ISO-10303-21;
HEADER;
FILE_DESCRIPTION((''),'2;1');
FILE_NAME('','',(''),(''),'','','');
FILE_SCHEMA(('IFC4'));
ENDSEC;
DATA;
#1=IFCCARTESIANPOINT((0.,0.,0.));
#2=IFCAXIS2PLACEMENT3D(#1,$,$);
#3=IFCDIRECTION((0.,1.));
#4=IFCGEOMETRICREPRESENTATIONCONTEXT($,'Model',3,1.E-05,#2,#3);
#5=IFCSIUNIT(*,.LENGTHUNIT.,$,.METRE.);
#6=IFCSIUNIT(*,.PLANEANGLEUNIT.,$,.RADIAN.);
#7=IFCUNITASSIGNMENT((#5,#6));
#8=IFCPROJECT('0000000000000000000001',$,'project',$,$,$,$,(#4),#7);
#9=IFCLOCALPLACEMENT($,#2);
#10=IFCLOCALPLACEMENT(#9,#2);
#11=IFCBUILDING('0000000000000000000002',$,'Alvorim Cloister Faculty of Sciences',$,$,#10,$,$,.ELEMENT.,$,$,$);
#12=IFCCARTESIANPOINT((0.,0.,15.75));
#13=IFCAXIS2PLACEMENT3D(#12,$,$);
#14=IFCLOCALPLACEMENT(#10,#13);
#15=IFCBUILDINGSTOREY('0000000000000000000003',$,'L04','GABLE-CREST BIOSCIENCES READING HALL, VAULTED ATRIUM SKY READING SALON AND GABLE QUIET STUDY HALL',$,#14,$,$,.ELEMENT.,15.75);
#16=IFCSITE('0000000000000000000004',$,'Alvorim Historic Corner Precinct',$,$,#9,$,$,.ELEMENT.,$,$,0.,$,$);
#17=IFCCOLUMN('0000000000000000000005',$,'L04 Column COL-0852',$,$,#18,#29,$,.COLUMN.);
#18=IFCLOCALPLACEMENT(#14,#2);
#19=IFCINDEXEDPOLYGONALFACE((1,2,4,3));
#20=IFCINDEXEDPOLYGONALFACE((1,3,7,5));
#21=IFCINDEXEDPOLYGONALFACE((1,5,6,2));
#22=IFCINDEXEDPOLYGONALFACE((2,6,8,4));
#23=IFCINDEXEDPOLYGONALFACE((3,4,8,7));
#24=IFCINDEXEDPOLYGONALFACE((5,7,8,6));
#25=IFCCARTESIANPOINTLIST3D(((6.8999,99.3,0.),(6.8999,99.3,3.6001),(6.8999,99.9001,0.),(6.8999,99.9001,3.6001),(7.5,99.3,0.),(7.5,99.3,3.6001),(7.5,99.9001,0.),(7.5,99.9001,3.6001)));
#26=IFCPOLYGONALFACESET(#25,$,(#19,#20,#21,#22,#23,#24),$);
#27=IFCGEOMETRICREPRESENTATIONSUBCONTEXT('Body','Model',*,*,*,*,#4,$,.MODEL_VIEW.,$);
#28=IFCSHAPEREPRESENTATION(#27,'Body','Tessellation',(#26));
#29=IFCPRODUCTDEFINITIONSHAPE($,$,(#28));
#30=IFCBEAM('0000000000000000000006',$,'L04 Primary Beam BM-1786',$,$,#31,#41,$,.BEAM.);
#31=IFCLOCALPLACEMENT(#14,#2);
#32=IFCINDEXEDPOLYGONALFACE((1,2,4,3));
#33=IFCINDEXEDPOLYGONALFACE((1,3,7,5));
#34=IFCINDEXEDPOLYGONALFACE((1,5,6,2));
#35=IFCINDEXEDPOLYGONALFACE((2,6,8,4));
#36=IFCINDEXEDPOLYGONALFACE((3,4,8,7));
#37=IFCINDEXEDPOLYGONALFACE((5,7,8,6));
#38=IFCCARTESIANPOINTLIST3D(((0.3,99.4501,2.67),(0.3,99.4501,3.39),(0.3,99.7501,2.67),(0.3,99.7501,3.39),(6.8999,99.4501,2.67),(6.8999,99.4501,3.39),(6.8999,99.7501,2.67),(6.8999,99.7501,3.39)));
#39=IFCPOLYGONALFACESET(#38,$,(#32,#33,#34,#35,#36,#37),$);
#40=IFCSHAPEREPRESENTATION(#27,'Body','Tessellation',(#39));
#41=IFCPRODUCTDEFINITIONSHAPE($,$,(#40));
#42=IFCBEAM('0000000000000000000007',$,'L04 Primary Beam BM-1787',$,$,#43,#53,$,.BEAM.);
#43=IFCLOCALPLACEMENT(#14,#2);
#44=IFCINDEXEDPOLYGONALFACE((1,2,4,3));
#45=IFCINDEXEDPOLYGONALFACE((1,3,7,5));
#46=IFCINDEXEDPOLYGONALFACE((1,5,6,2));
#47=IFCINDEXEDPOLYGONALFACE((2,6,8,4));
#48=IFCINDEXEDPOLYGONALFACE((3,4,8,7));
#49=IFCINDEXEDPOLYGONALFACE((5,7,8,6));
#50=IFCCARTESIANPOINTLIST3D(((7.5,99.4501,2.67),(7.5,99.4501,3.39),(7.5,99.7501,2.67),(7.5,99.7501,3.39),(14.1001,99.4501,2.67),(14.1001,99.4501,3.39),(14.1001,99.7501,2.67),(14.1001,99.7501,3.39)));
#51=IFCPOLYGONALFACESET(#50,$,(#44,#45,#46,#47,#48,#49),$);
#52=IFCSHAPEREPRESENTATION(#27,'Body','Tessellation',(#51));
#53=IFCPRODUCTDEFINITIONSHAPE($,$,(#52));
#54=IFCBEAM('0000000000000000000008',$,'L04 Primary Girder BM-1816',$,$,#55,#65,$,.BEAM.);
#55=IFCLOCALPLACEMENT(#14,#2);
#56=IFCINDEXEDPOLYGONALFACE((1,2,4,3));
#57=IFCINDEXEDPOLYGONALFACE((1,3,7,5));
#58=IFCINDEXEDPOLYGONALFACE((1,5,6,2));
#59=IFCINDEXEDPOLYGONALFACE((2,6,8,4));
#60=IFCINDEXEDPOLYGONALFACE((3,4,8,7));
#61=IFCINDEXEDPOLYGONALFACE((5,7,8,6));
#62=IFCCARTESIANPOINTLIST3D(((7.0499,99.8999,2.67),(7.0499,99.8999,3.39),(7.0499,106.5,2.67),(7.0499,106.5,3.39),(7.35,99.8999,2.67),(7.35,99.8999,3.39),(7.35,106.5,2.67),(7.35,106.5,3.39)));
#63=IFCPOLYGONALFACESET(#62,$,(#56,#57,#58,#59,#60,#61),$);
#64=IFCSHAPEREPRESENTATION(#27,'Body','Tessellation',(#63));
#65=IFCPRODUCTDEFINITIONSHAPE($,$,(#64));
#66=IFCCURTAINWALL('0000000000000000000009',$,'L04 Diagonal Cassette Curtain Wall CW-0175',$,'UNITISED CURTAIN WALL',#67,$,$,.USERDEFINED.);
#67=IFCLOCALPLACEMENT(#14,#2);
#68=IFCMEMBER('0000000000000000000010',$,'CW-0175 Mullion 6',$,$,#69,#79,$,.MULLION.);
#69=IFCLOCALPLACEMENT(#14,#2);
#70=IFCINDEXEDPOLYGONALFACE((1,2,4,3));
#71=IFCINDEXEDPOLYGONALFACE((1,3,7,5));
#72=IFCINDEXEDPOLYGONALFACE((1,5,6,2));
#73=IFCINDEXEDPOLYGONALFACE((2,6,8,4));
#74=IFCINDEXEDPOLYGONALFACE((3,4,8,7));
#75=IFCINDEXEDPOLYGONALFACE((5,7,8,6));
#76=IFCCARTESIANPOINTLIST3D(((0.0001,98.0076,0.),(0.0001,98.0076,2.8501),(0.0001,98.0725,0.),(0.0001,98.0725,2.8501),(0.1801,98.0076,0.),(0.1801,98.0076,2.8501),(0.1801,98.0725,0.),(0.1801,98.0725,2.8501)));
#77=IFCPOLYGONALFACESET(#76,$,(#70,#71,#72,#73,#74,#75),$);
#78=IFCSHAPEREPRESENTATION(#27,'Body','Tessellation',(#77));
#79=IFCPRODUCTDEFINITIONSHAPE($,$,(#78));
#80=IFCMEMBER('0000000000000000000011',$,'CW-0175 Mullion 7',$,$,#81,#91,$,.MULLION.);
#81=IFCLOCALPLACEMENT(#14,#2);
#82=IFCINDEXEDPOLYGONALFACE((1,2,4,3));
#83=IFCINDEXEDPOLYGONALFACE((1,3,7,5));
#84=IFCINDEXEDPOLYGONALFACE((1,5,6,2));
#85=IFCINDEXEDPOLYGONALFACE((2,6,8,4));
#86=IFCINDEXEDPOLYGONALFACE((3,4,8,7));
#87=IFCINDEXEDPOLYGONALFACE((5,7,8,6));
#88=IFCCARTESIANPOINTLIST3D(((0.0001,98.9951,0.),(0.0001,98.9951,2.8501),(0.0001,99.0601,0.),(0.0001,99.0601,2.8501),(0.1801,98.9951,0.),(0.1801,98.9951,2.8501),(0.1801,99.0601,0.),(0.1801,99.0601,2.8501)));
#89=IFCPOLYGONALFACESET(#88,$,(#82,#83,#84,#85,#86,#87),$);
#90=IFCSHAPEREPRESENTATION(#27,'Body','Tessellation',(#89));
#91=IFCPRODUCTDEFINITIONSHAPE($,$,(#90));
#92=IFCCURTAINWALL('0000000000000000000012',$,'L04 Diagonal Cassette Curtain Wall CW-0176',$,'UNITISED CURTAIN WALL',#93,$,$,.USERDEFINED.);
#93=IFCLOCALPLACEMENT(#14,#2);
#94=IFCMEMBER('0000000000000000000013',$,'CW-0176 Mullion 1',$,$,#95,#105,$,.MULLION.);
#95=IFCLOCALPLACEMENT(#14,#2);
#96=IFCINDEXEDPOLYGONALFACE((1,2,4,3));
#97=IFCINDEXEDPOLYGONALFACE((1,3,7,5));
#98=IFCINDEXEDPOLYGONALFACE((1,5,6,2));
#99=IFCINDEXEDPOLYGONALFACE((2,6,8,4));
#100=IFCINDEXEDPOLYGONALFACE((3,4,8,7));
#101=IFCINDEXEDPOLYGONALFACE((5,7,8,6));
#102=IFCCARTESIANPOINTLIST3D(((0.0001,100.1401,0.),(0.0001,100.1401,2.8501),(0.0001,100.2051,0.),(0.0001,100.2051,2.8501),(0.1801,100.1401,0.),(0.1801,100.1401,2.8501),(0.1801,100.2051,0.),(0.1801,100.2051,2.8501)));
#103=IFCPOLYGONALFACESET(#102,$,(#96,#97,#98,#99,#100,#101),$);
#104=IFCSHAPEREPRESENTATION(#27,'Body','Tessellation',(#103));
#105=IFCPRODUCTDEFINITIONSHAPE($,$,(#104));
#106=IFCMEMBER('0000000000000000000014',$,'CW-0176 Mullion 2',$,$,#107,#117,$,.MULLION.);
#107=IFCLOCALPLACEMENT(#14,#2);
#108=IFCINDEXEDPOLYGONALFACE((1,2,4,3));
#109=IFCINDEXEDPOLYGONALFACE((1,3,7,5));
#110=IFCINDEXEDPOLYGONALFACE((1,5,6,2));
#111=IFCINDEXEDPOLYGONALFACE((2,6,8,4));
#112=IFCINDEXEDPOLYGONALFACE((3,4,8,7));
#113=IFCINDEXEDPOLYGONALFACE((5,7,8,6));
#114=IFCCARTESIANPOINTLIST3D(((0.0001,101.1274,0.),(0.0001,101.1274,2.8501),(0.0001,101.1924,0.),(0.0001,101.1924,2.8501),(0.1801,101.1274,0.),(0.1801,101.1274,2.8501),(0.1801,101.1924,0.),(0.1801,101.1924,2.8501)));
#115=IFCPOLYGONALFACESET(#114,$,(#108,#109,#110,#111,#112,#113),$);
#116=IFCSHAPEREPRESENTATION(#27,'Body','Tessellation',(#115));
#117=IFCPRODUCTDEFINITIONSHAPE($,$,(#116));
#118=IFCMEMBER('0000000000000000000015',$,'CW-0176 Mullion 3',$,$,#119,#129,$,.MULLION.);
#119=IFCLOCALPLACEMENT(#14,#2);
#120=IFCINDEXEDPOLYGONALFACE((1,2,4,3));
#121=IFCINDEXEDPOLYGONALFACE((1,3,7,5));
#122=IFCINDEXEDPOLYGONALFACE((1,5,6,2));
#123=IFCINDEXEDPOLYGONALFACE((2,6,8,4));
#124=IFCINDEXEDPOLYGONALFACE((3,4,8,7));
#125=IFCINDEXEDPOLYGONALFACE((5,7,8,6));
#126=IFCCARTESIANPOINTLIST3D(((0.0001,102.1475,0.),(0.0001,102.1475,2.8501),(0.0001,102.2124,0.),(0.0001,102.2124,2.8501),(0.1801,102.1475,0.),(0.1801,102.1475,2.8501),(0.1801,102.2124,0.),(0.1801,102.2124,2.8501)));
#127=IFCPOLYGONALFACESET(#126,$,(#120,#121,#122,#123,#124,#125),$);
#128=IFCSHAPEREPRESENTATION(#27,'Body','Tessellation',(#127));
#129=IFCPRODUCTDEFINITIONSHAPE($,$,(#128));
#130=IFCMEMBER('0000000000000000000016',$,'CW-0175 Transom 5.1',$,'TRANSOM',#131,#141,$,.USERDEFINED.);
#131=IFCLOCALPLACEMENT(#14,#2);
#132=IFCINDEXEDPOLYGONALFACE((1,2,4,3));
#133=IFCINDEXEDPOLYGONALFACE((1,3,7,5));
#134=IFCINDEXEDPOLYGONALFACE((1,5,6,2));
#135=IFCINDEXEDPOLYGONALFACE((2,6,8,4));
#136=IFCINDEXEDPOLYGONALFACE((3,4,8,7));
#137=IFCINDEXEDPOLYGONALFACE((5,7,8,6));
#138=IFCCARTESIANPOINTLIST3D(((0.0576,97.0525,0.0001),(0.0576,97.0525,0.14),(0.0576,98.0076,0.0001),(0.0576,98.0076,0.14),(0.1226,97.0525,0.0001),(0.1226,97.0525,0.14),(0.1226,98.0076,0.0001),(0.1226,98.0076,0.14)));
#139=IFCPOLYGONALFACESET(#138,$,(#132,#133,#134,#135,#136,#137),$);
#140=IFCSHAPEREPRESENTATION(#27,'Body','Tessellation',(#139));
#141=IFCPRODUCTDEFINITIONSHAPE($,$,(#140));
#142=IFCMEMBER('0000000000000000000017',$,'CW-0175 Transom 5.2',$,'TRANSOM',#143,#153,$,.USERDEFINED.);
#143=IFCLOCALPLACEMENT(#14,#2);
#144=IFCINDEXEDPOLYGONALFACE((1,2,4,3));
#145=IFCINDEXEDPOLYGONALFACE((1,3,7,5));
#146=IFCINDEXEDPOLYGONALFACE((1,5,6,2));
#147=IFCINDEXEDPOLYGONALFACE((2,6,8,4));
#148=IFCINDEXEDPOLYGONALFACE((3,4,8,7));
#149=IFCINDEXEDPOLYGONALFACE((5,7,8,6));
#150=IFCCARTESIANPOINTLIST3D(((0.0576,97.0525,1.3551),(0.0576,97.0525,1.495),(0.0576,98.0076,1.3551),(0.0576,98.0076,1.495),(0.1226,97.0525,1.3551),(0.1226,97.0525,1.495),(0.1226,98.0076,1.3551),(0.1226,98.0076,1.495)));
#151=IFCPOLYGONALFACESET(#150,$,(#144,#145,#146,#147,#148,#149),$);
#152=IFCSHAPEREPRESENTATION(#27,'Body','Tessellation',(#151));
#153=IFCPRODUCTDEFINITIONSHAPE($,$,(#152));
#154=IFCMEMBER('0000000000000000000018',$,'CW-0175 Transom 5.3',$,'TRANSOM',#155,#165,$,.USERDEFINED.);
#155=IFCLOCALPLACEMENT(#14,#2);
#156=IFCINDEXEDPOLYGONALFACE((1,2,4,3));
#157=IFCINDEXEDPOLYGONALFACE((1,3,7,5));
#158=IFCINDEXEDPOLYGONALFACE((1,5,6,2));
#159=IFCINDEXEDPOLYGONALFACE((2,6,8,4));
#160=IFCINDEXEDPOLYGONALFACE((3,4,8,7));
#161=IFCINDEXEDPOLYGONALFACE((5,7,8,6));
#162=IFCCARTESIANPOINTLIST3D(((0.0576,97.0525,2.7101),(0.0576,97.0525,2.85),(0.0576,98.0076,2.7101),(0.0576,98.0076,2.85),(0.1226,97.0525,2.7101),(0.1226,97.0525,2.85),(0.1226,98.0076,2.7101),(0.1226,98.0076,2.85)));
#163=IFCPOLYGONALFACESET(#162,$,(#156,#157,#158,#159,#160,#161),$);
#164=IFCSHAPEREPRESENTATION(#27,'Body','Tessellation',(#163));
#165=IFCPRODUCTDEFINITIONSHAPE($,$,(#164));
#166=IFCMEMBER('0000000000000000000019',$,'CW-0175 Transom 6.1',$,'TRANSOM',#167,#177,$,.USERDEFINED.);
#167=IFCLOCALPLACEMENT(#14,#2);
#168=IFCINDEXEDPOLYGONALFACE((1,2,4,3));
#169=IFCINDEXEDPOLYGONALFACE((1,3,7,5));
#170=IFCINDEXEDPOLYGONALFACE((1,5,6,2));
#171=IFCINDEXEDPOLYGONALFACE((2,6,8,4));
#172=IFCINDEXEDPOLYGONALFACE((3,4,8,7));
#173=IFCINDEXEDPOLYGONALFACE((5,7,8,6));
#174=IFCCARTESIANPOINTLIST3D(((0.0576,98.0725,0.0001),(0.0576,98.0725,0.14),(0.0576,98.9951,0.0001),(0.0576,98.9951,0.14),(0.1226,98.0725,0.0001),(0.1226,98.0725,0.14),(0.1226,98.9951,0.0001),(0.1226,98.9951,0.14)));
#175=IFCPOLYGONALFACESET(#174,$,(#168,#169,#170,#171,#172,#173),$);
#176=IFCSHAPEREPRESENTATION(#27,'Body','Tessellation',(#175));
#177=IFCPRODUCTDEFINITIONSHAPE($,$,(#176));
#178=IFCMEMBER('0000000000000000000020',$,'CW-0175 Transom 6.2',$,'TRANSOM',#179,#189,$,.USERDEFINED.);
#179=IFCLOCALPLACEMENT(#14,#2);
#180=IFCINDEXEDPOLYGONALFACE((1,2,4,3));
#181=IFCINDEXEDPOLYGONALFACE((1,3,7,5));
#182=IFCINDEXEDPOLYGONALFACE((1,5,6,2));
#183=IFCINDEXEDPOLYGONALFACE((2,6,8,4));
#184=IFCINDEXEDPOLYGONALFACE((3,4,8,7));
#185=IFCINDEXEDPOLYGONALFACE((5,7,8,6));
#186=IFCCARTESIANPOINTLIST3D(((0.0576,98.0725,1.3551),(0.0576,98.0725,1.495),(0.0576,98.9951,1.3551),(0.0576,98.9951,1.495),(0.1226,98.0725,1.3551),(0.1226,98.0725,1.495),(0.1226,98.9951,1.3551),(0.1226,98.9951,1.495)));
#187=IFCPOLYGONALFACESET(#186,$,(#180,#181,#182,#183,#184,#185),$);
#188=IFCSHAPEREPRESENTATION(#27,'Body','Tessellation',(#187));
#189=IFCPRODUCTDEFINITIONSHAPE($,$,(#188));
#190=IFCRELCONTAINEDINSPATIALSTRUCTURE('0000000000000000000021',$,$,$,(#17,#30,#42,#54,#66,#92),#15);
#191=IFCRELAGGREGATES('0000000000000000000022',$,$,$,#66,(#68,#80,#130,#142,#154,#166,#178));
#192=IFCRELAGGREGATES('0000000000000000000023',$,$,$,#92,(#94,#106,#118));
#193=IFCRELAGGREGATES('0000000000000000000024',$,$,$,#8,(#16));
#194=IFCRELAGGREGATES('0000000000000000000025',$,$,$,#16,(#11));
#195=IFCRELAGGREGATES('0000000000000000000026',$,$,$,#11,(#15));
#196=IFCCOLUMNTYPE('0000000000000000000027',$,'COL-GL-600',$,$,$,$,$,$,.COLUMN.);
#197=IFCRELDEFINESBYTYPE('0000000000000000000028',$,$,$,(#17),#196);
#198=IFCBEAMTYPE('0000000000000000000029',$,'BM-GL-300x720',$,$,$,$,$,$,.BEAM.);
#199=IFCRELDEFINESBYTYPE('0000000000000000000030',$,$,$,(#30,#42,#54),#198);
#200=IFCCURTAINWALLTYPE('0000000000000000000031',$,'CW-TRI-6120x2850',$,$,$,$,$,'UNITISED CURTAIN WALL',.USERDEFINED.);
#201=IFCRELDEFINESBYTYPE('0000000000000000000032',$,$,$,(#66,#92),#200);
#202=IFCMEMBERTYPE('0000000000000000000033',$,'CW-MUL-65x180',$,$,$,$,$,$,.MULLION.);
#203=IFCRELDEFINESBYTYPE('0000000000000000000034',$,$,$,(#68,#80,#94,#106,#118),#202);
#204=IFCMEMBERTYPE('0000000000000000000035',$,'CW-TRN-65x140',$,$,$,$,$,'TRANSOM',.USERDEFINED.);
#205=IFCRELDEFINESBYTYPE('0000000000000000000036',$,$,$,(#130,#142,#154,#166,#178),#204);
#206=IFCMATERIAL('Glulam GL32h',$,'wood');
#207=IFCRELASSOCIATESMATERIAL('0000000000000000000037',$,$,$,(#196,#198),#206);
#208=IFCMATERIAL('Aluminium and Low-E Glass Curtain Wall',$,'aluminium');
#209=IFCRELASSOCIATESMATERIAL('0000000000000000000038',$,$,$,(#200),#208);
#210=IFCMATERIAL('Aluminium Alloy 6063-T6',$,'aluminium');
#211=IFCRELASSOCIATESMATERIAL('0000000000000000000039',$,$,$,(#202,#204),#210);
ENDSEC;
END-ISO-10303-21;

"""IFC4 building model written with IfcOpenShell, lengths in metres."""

from ifc_helpers import new_model, si_unit, direction, frame, origin, origin_2d, place, context, subcontext, project, spatial, rectangle, extrude, material, material_profile, profile_set, type_object, element, aggregate, save


model = new_model("IFC4")

# Units and contexts
model_context = context("Model", 3, precision=1e-05, world=origin(), true_north=direction((0.0, 1.0)))
body_context = subcontext(model_context, "Body", "Model", "MODEL_VIEW")
ifc_project = project(units=[si_unit("LENGTHUNIT", "METRE"), si_unit("PLANEANGLEUNIT", "RADIAN")], contexts=[model_context])

# Site, building, storey
site_placement = place(None, origin())
site = spatial("IfcSite", under=ifc_project, at=site_placement, Name="Alvorim Historic Corner Precinct", CompositionType="ELEMENT", RefElevation=0.0)
building_placement = place(site_placement, origin())
building = spatial("IfcBuilding", under=site, at=building_placement, Name="Alvorim Cloister Faculty of Sciences", CompositionType="ELEMENT")
storey_placement = place(building_placement, frame((0.0, 0.0, 15.75)))
storey = spatial("IfcBuildingStorey", under=building, at=storey_placement, Name="L04", Description="GABLE-CREST BIOSCIENCES READING HALL, VAULTED ATRIUM SKY READING SALON AND GABLE QUIET STUDY HALL", CompositionType="ELEMENT", Elevation=15.75)

# Column
ifc_material_1 = material(Name="Glulam GL32h", Category="wood")
ifc_material_profile_1 = material_profile(ifc_material_1, rectangle(XDim=0.6001, YDim=0.6001, at=origin_2d()), Name="GL32-COL-600x600")
ifc_profile_set_1 = profile_set([ifc_material_profile_1], Name="Glulam GL32h")
column_type = type_object("IfcColumnType", Name="COL-GL-600", PredefinedType="COLUMN", material=ifc_profile_set_1)
column_placement = place(storey_placement, frame((7.2, 99.6001, 0.0), z_axis=(0.0, 0.0, 1.0), x_axis=(1.0, 0.0, 0.0)))
element("IfcColumn", 1, at=column_placement, inside=storey, type_object=column_type, Name="L04 Column COL-0852", PredefinedType="COLUMN", context=body_context, shape_type="SweptSolid", body=[
    extrude(rectangle(XDim=0.6001, YDim=0.6001, at=origin_2d()), origin(), (0.0, 0.0, 1.0), 3.6001),
])

# Beams
ifc_material_profile_2 = material_profile(ifc_material_1, rectangle(XDim=0.3, YDim=0.72, at=origin_2d()), Name="GL32-BM-300x720")
ifc_profile_set_2 = profile_set([ifc_material_profile_2], Name="Glulam GL32h")
beam_type = type_object("IfcBeamType", Name="BM-GL-300x720", PredefinedType="BEAM", material=ifc_profile_set_2)
beam_placement = place(storey_placement, frame((0.3, 99.6001, 3.03), z_axis=(1.0, 0.0, 0.0), x_axis=(0.0, 1.0, 0.0)))
element("IfcBeam", 2, at=beam_placement, inside=storey, type_object=beam_type, Name="L04 Primary Beam BM-1786", PredefinedType="BEAM", context=body_context, shape_type="SweptSolid", body=[
    extrude(rectangle(XDim=0.3, YDim=0.72, at=origin_2d()), origin(), (0.0, 0.0, 1.0), 6.5999),
])
for number, where, z_axis, x_axis, name in (
    (3, (7.5, 99.6001, 3.03), (1.0, 0.0, 0.0), (0.0, 1.0, 0.0), "L04 Primary Beam BM-1787"),
    (4, (7.2, 99.8999, 3.03), (0.0, 1.0, 0.0), (-1.0, 0.0, 0.0), "L04 Primary Girder BM-1816"),
):
    element("IfcBeam", number, at=place(storey_placement, frame(where, z_axis=z_axis, x_axis=x_axis)), inside=storey, type_object=beam_type, Name=name, PredefinedType="BEAM", context=body_context, shape_type="SweptSolid", body=[
        extrude(rectangle(XDim=0.3, YDim=0.72, at=origin_2d()), origin(), (0.0, 0.0, 1.0), 6.6001),
    ])

# Curtain walls, members
ifc_material_2 = material(Name="Aluminium and Low-E Glass Curtain Wall", Category="aluminium")
curtain_wall_type = type_object("IfcCurtainWallType", Name="CW-TRI-6120x2850", ElementType="UNITISED CURTAIN WALL", PredefinedType="USERDEFINED", material=ifc_material_2)
curtain_wall_1_placement = place(storey_placement, origin())
curtain_wall_1 = element("IfcCurtainWall", 5, at=curtain_wall_1_placement, inside=storey, type_object=curtain_wall_type, Name="L04 Diagonal Cassette Curtain Wall CW-0175", ObjectType="UNITISED CURTAIN WALL", PredefinedType="USERDEFINED")
ifc_material_3 = material(Name="Aluminium Alloy 6063-T6", Category="aluminium")
ifc_material_profile_3 = material_profile(ifc_material_3, rectangle(XDim=0.0649, YDim=0.1799, at=origin_2d()), Name="ALU-MUL-65x180")
ifc_profile_set_3 = profile_set([ifc_material_profile_3], Name="Aluminium Alloy 6063-T6")
member_type_1 = type_object("IfcMemberType", Name="CW-MUL-65x180", PredefinedType="MULLION", material=ifc_profile_set_3)
member_1_placement = place(storey_placement, frame((0.0901, 98.04, 0.0), z_axis=(0.0, 0.0, 1.0), x_axis=(0.0, 1.0, 0.0)))
member_1 = element("IfcMember", 6, at=member_1_placement, type_object=member_type_1, Name="CW-0175 Mullion 6", PredefinedType="MULLION", context=body_context, shape_type="SweptSolid", body=[
    extrude(rectangle(XDim=0.0649, YDim=0.1799, at=origin_2d()), origin(), (0.0, 0.0, 1.0), 2.8501),
])
member_2_placement = place(storey_placement, frame((0.0901, 99.0276, 0.0), z_axis=(0.0, 0.0, 1.0), x_axis=(0.0, 1.0, 0.0)))
member_2 = element("IfcMember", 7, at=member_2_placement, type_object=member_type_1, Name="CW-0175 Mullion 7", PredefinedType="MULLION", context=body_context, shape_type="SweptSolid", body=[
    extrude(rectangle(XDim=0.0649, YDim=0.1799, at=origin_2d()), origin(), (0.0, 0.0, 1.0), 2.8501),
])
curtain_wall_2_placement = place(storey_placement, origin())
curtain_wall_2 = element("IfcCurtainWall", 8, at=curtain_wall_2_placement, inside=storey, type_object=curtain_wall_type, Name="L04 Diagonal Cassette Curtain Wall CW-0176", ObjectType="UNITISED CURTAIN WALL", PredefinedType="USERDEFINED")
member_3_placement = place(storey_placement, frame((0.0901, 100.1726, 0.0), z_axis=(0.0, 0.0, 1.0), x_axis=(0.0, 1.0, 0.0)))
member_3 = element("IfcMember", 9, at=member_3_placement, type_object=member_type_1, Name="CW-0176 Mullion 1", PredefinedType="MULLION", context=body_context, shape_type="SweptSolid", body=[
    extrude(rectangle(XDim=0.0649, YDim=0.1799, at=origin_2d()), origin(), (0.0, 0.0, 1.0), 2.8501),
])
member_4_placement = place(storey_placement, frame((0.0901, 101.1599, 0.0), z_axis=(0.0, 0.0, 1.0), x_axis=(0.0, 1.0, 0.0)))
member_4 = element("IfcMember", 10, at=member_4_placement, type_object=member_type_1, Name="CW-0176 Mullion 2", PredefinedType="MULLION", context=body_context, shape_type="SweptSolid", body=[
    extrude(rectangle(XDim=0.0649, YDim=0.1799, at=origin_2d()), origin(), (0.0, 0.0, 1.0), 2.8501),
])
member_5_placement = place(storey_placement, frame((0.0901, 102.1799, 0.0), z_axis=(0.0, 0.0, 1.0), x_axis=(0.0, 1.0, 0.0)))
member_5 = element("IfcMember", 11, at=member_5_placement, type_object=member_type_1, Name="CW-0176 Mullion 3", PredefinedType="MULLION", context=body_context, shape_type="SweptSolid", body=[
    extrude(rectangle(XDim=0.0649, YDim=0.1799, at=origin_2d()), origin(), (0.0, 0.0, 1.0), 2.8501),
])

# Members
ifc_material_profile_4 = material_profile(ifc_material_3, rectangle(XDim=0.0649, YDim=0.1399, at=origin_2d()), Name="ALU-TRN-65x140")
ifc_profile_set_4 = profile_set([ifc_material_profile_4], Name="Aluminium Alloy 6063-T6")
member_type_2 = type_object("IfcMemberType", Name="CW-TRN-65x140", ElementType="TRANSOM", PredefinedType="USERDEFINED", material=ifc_profile_set_4)
member_6_placement = place(storey_placement, frame((0.0901, 97.0525, 0.0701), z_axis=(0.0, 1.0, 0.0), x_axis=(-1.0, 0.0, 0.0)))
member_6 = element("IfcMember", 12, at=member_6_placement, type_object=member_type_2, Name="CW-0175 Transom 5.1", ObjectType="TRANSOM", PredefinedType="USERDEFINED", context=body_context, shape_type="SweptSolid", body=[
    extrude(rectangle(XDim=0.0649, YDim=0.1399, at=origin_2d()), origin(), (0.0, 0.0, 1.0), 0.9551),
])
member_7_placement = place(storey_placement, frame((0.0901, 97.0525, 1.425), z_axis=(0.0, 1.0, 0.0), x_axis=(-1.0, 0.0, 0.0)))
member_7 = element("IfcMember", 13, at=member_7_placement, type_object=member_type_2, Name="CW-0175 Transom 5.2", ObjectType="TRANSOM", PredefinedType="USERDEFINED", context=body_context, shape_type="SweptSolid", body=[
    extrude(rectangle(XDim=0.0649, YDim=0.1399, at=origin_2d()), origin(), (0.0, 0.0, 1.0), 0.9551),
])
member_8_placement = place(storey_placement, frame((0.0901, 97.0525, 2.78), z_axis=(0.0, 1.0, 0.0), x_axis=(-1.0, 0.0, 0.0)))
member_8 = element("IfcMember", 14, at=member_8_placement, type_object=member_type_2, Name="CW-0175 Transom 5.3", ObjectType="TRANSOM", PredefinedType="USERDEFINED", context=body_context, shape_type="SweptSolid", body=[
    extrude(rectangle(XDim=0.0649, YDim=0.1399, at=origin_2d()), origin(), (0.0, 0.0, 1.0), 0.9551),
])
member_9_placement = place(storey_placement, frame((0.0901, 98.0725, 0.0701), z_axis=(0.0, 1.0, 0.0), x_axis=(-1.0, 0.0, 0.0)))
member_9 = element("IfcMember", 15, at=member_9_placement, type_object=member_type_2, Name="CW-0175 Transom 6.1", ObjectType="TRANSOM", PredefinedType="USERDEFINED", context=body_context, shape_type="SweptSolid", body=[
    extrude(rectangle(XDim=0.0649, YDim=0.1399, at=origin_2d()), origin(), (0.0, 0.0, 1.0), 0.9226),
])
member_10_placement = place(storey_placement, frame((0.0901, 98.0725, 1.425), z_axis=(0.0, 1.0, 0.0), x_axis=(-1.0, 0.0, 0.0)))
member_10 = element("IfcMember", 16, at=member_10_placement, type_object=member_type_2, Name="CW-0175 Transom 6.2", ObjectType="TRANSOM", PredefinedType="USERDEFINED", context=body_context, shape_type="SweptSolid", body=[
    extrude(rectangle(XDim=0.0649, YDim=0.1399, at=origin_2d()), origin(), (0.0, 0.0, 1.0), 0.9226),
])
aggregate(curtain_wall_1, [member_1, member_2, member_6, member_7, member_8, member_9, member_10])
aggregate(curtain_wall_2, [member_3, member_4, member_5])

save(model, "model.ifc")
